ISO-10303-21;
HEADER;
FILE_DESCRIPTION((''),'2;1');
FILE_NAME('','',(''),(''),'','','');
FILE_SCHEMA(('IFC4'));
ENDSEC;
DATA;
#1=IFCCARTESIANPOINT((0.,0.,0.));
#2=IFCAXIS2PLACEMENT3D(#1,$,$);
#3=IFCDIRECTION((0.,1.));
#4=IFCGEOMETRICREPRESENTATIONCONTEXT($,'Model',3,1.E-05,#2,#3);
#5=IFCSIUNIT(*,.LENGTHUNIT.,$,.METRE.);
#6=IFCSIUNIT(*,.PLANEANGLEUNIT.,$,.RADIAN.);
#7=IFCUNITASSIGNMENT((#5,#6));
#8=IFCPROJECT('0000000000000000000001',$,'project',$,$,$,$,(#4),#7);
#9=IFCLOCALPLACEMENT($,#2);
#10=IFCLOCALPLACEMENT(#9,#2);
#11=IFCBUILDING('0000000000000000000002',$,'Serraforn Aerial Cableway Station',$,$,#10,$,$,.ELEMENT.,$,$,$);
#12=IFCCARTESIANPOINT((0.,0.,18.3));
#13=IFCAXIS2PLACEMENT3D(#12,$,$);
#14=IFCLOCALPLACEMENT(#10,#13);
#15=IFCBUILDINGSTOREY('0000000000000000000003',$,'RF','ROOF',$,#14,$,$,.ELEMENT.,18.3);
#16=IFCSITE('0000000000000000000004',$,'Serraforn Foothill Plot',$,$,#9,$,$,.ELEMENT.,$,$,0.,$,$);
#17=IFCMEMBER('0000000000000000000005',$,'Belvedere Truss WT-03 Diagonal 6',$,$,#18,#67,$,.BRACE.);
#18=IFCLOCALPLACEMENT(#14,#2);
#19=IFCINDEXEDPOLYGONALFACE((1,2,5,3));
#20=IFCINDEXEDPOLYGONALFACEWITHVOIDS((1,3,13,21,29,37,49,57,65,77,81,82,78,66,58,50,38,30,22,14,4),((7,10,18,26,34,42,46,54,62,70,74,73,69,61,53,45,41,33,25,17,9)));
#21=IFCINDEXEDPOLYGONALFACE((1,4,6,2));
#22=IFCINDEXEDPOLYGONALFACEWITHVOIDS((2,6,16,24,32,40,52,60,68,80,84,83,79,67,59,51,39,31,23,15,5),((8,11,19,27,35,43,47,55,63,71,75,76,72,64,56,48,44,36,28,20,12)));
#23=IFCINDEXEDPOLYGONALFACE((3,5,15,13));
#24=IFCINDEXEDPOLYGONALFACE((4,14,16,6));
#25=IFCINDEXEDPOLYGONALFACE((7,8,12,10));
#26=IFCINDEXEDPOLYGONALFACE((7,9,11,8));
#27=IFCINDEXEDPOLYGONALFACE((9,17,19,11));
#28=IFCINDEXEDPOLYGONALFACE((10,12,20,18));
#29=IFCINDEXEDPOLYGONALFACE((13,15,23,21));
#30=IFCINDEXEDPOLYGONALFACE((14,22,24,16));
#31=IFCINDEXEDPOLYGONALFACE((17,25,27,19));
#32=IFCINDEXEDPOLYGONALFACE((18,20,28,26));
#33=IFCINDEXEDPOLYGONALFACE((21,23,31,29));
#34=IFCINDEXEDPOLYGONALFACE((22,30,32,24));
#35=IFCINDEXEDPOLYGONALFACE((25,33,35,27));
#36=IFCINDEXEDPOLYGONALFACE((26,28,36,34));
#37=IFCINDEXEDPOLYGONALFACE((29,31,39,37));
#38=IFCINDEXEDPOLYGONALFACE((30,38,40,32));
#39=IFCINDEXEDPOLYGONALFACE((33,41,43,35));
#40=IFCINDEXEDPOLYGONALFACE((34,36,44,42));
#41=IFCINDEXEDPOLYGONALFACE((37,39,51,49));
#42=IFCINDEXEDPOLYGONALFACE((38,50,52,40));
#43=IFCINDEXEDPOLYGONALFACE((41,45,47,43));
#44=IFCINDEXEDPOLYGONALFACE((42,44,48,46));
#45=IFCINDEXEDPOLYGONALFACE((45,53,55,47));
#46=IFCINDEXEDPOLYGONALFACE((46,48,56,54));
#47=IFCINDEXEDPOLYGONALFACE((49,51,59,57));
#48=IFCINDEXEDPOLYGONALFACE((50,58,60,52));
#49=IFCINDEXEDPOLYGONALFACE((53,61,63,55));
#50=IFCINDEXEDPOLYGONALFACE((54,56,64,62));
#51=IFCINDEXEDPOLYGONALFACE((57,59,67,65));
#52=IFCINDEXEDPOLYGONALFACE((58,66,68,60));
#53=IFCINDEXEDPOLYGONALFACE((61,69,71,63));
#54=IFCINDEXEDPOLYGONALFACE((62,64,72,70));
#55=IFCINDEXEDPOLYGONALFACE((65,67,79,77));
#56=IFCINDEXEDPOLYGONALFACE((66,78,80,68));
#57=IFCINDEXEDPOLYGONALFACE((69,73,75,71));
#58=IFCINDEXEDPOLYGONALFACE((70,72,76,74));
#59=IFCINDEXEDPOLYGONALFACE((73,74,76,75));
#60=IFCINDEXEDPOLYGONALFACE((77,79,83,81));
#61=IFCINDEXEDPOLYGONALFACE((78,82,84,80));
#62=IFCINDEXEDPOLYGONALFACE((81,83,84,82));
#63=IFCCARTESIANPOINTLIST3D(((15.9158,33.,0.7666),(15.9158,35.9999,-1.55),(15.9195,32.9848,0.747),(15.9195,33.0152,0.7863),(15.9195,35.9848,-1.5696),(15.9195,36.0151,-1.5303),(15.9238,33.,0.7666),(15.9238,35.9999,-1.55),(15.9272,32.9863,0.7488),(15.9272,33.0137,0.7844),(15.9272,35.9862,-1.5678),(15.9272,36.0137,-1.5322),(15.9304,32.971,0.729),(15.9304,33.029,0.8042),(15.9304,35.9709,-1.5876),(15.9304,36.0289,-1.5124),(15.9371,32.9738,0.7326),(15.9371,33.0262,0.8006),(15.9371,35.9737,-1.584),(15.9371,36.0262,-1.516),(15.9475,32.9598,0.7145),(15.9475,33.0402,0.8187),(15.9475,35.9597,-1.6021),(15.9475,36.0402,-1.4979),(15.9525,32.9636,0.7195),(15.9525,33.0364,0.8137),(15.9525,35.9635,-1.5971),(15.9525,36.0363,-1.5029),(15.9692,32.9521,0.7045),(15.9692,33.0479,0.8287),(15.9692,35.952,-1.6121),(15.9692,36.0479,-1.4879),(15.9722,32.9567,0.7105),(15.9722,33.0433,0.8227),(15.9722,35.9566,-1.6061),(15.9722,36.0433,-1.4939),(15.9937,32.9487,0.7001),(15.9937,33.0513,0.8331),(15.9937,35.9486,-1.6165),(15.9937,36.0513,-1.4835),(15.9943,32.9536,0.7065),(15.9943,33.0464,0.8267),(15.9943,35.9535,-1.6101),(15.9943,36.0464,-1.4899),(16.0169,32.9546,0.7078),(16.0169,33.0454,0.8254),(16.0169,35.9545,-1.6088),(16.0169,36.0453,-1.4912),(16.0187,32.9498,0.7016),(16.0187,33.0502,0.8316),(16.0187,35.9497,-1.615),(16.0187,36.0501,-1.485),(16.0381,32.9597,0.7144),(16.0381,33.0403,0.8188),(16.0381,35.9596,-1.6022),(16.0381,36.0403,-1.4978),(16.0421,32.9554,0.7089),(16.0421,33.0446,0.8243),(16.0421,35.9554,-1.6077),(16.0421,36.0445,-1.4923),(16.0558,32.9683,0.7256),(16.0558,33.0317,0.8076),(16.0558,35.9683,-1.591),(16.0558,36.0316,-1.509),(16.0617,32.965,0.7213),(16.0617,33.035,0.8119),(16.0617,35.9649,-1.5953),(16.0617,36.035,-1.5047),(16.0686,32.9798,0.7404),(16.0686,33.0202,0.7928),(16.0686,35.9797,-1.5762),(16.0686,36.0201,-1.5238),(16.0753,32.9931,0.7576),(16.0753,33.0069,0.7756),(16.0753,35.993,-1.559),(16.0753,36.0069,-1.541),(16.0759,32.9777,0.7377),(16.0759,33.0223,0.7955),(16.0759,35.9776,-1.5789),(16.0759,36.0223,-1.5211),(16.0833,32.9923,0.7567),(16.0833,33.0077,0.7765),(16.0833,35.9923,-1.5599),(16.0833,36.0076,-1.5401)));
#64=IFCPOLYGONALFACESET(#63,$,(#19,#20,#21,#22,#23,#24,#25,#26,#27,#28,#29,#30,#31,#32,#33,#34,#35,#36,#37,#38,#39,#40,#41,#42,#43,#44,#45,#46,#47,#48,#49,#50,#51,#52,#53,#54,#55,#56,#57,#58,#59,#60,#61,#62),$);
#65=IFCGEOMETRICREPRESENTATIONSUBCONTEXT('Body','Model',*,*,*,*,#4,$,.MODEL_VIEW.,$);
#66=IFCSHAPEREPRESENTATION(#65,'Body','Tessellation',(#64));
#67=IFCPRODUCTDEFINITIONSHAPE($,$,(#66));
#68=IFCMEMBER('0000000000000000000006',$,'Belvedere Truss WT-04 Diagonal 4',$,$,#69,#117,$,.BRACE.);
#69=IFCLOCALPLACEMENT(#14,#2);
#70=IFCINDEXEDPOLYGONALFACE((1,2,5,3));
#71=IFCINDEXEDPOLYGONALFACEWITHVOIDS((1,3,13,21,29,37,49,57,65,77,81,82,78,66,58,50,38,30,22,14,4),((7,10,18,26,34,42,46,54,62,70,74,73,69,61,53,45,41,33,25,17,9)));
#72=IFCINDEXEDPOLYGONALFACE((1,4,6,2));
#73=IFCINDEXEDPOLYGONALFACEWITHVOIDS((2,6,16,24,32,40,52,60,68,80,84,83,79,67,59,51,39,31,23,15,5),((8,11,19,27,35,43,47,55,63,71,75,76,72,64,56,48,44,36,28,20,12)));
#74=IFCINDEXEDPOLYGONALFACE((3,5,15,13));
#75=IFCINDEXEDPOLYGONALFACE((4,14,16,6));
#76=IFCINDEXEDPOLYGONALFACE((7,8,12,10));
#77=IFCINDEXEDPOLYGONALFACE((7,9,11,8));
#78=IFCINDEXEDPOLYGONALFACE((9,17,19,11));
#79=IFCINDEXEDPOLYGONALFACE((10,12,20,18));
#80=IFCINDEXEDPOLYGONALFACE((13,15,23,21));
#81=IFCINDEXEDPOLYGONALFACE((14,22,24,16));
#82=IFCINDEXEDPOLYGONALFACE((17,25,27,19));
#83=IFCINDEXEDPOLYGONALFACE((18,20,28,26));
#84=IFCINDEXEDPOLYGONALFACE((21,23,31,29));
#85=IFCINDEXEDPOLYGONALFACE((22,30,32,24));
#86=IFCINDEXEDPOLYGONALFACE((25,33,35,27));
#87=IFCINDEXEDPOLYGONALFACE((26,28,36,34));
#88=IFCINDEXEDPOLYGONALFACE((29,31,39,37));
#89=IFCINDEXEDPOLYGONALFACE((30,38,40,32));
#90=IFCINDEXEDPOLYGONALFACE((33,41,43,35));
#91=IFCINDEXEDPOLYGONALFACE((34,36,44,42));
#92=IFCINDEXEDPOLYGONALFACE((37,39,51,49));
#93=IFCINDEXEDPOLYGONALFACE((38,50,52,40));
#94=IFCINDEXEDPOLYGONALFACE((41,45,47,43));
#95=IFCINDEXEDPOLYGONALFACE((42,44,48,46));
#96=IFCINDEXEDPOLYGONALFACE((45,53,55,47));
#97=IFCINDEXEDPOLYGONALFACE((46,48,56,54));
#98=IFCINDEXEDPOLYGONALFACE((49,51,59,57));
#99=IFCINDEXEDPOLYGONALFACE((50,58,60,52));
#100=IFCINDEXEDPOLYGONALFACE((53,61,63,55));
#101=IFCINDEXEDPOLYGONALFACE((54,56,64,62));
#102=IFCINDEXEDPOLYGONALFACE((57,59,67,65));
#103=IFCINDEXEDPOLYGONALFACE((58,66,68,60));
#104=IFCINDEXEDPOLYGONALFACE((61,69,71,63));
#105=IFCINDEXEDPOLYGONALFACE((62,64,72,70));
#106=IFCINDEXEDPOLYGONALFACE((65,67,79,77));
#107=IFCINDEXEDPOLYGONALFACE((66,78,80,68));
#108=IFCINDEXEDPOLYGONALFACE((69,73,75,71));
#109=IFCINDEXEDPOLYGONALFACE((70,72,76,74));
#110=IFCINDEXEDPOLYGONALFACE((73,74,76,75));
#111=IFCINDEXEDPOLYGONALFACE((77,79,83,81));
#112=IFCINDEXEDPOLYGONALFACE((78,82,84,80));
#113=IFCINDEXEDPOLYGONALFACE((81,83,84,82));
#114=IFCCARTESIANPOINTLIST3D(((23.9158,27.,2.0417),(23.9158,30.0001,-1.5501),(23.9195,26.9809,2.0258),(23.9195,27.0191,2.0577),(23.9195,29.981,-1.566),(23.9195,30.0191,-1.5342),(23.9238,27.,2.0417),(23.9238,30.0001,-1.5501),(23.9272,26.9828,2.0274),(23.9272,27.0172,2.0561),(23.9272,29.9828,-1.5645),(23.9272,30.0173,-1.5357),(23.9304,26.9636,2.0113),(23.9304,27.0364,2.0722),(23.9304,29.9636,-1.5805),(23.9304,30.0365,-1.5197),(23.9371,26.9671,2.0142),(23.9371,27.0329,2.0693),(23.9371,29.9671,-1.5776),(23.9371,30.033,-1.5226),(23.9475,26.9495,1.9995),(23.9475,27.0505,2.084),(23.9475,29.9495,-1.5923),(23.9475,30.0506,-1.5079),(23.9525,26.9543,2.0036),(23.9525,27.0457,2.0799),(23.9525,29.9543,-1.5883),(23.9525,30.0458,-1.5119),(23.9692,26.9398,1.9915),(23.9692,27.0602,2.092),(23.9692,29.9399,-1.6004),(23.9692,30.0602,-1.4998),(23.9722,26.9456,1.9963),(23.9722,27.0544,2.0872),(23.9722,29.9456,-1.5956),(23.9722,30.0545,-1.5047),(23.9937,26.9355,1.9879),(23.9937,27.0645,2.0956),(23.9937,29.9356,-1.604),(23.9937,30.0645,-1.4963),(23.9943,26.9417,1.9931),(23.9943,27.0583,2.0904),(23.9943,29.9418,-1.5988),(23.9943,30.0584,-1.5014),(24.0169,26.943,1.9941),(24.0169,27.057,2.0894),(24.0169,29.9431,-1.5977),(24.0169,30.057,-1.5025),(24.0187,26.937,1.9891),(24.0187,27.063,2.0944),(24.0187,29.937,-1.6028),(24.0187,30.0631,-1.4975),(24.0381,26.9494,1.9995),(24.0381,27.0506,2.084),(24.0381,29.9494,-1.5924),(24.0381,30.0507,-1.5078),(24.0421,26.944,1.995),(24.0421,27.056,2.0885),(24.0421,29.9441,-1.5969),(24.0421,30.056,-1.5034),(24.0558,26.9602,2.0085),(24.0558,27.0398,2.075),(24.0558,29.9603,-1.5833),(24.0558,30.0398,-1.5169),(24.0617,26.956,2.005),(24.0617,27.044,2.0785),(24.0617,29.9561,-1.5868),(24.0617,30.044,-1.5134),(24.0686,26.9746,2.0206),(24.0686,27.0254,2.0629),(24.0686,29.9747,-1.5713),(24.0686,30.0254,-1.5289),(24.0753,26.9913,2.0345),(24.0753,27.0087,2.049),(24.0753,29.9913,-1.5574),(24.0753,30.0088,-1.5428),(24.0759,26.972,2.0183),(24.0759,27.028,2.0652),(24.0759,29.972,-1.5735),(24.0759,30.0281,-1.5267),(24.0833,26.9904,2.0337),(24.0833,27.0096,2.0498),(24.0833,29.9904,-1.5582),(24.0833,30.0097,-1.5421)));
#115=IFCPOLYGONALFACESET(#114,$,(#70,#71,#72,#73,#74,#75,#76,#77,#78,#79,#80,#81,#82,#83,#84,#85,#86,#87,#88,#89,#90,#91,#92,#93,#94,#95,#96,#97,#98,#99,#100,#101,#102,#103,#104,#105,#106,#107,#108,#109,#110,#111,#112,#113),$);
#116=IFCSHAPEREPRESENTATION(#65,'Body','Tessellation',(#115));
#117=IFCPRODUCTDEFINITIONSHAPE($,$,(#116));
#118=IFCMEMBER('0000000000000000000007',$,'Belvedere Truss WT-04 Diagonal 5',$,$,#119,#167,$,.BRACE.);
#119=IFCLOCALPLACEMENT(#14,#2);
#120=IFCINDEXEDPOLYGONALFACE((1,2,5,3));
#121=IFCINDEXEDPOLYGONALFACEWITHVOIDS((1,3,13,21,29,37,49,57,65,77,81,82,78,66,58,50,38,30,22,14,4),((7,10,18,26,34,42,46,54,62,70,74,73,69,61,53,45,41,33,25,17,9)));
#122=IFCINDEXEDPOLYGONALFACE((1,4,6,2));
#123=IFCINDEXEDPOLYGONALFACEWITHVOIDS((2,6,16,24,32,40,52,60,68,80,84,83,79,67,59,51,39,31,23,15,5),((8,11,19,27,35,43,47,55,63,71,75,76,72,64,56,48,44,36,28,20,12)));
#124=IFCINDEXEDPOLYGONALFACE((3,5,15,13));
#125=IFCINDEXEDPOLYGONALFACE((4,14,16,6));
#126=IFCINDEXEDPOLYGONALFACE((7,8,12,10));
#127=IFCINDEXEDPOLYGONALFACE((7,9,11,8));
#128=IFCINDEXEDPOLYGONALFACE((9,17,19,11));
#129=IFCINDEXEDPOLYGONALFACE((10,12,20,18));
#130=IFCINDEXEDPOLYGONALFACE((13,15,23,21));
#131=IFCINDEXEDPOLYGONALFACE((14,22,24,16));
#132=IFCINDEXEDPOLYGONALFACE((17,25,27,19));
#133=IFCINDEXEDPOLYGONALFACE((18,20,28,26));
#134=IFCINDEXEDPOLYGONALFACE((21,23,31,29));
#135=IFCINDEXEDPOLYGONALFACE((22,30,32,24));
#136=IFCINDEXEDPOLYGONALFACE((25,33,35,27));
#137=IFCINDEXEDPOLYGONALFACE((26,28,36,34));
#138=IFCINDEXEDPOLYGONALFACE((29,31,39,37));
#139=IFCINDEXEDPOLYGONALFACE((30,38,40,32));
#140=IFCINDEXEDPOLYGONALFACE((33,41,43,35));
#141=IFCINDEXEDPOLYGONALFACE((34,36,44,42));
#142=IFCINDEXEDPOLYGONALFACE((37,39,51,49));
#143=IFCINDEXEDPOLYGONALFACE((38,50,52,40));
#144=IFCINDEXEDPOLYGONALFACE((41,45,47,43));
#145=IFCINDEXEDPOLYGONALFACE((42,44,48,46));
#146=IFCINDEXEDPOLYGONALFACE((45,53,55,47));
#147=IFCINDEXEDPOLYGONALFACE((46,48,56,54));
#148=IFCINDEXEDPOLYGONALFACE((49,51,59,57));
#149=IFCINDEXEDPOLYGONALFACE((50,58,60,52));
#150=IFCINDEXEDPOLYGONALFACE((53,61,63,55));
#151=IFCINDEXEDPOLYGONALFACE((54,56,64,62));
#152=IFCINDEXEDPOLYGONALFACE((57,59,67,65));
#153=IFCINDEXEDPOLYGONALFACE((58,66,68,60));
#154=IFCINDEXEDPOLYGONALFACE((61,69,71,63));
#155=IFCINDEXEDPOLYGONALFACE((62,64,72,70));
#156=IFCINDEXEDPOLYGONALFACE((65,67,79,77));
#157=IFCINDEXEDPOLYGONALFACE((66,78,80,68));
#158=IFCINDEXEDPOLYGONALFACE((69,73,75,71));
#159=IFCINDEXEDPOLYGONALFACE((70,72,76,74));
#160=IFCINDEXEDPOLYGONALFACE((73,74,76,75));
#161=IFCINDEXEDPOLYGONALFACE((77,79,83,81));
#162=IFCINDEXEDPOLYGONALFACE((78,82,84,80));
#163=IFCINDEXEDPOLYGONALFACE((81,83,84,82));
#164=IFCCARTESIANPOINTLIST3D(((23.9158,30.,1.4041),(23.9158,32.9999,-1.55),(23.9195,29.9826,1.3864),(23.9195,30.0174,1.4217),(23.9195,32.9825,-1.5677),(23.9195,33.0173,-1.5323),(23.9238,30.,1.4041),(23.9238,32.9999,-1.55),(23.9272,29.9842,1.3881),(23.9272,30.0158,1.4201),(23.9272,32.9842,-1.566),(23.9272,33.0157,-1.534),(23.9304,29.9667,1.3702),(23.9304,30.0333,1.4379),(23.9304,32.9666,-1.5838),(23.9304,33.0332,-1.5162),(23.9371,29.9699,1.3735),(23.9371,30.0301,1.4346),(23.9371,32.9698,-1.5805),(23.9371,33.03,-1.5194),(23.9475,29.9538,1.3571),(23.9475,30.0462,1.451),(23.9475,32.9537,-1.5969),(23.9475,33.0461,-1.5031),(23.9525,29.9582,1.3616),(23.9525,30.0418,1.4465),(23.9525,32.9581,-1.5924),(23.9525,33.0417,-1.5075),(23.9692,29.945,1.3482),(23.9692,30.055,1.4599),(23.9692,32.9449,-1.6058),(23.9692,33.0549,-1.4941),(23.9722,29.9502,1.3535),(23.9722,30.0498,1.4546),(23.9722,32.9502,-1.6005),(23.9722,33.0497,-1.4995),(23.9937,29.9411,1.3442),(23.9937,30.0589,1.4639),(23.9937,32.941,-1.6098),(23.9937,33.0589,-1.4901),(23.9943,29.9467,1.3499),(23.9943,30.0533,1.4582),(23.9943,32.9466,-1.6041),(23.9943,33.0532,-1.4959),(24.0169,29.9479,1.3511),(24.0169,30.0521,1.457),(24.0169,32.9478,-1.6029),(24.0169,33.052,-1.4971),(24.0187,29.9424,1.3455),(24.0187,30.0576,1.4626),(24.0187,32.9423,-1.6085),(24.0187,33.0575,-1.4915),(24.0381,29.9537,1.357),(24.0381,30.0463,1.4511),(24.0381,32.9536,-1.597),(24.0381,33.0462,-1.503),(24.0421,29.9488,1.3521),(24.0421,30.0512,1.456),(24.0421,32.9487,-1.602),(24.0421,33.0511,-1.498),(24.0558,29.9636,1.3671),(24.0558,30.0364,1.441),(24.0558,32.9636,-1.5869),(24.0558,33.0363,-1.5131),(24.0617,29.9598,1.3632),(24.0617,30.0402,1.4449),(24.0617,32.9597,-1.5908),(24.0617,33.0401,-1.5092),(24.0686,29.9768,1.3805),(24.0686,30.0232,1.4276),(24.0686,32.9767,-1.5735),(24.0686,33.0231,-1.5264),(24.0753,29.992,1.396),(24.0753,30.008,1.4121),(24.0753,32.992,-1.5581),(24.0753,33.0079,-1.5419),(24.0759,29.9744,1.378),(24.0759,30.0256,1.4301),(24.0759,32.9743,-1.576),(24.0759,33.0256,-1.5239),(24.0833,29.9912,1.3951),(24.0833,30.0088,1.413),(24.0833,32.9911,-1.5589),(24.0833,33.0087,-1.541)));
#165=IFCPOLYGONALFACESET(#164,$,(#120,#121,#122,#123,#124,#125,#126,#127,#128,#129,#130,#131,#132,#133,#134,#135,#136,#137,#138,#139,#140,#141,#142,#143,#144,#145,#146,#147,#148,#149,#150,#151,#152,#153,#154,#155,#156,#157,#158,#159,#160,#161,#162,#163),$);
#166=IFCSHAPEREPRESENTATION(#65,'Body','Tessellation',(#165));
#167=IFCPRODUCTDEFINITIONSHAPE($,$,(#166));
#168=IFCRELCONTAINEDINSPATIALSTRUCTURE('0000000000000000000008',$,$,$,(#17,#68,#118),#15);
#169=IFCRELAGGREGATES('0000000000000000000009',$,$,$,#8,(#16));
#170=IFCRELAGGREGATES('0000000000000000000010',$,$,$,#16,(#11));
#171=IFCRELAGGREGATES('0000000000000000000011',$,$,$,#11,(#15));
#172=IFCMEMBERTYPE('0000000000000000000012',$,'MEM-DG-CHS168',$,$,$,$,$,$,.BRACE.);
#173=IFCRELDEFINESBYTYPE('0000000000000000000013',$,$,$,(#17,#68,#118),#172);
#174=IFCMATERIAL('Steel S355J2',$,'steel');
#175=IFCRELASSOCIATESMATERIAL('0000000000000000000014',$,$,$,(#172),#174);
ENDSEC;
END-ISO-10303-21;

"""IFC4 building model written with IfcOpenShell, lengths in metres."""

from ifc_helpers import new_model, si_unit, direction, frame, origin, origin_2d, place, context, subcontext, project, spatial, hollow_circle, extrude, material, material_profile, profile_set, type_object, element, save


model = new_model("IFC4")

# Units and contexts
model_context = context("Model", 3, precision=1e-05, world=origin(), true_north=direction((0.0, 1.0)))
body_context = subcontext(model_context, "Body", "Model", "MODEL_VIEW")
ifc_project = project(units=[si_unit("LENGTHUNIT", "METRE"), si_unit("PLANEANGLEUNIT", "RADIAN")], contexts=[model_context])

# Site, building, storey
site_placement = place(None, origin())
site = spatial("IfcSite", under=ifc_project, at=site_placement, Name="Serraforn Foothill Plot", CompositionType="ELEMENT", RefElevation=0.0)
building_placement = place(site_placement, origin())
building = spatial("IfcBuilding", under=site, at=building_placement, Name="Serraforn Aerial Cableway Station", CompositionType="ELEMENT")
storey_placement = place(building_placement, frame((0.0, 0.0, 18.3)))
storey = spatial("IfcBuildingStorey", under=building, at=storey_placement, Name="RF", Description="ROOF", CompositionType="ELEMENT", Elevation=18.3)

# Members
ifc_material_1 = material(Name="Steel S355J2", Category="steel")
ifc_material_profile_1 = material_profile(ifc_material_1, hollow_circle(Radius=0.0842, WallThickness=0.0081, at=origin_2d()), Name="CHS 168.3x8.0")
ifc_profile_set_1 = profile_set([ifc_material_profile_1], Name="Steel S355J2")
member_type_1 = type_object("IfcMemberType", Name="MEM-DG-CHS168", PredefinedType="BRACE", material=ifc_profile_set_1)
member_1_placement = place(storey_placement, frame((16.0, 33.0, 0.7666), z_axis=(0.0, 0.79148, -0.611194), x_axis=(-1.0, 0.0, 0.0)))
element("IfcMember", 1, at=member_1_placement, inside=storey, type_object=member_type_1, Name="Belvedere Truss WT-03 Diagonal 6", PredefinedType="BRACE", context=body_context, shape_type="SweptSolid", body=[
    extrude(hollow_circle(Radius=0.0842, WallThickness=0.0081, at=origin_2d()), origin(), (0.0, 0.0, 1.0), 3.7903),
])
member_2_placement = place(storey_placement, frame((24.0, 27.0, 2.0417), z_axis=(0.0, 0.641046, -0.767502), x_axis=(-1.0, 0.0, 0.0)))
element("IfcMember", 2, at=member_2_placement, inside=storey, type_object=member_type_1, Name="Belvedere Truss WT-04 Diagonal 4", PredefinedType="BRACE", context=body_context, shape_type="SweptSolid", body=[
    extrude(hollow_circle(Radius=0.0842, WallThickness=0.0081, at=origin_2d()), origin(), (0.0, 0.0, 1.0), 4.6799),
])
member_3_placement = place(storey_placement, frame((24.0, 30.0, 1.4041), z_axis=(0.0, 0.712536, -0.701635), x_axis=(-1.0, 0.0, 0.0)))
element("IfcMember", 3, at=member_3_placement, inside=storey, type_object=member_type_1, Name="Belvedere Truss WT-04 Diagonal 5", PredefinedType="BRACE", context=body_context, shape_type="SweptSolid", body=[
    extrude(hollow_circle(Radius=0.0842, WallThickness=0.0081, at=origin_2d()), origin(), (0.0, 0.0, 1.0), 4.2102),
])

save(model, "model.ifc")
